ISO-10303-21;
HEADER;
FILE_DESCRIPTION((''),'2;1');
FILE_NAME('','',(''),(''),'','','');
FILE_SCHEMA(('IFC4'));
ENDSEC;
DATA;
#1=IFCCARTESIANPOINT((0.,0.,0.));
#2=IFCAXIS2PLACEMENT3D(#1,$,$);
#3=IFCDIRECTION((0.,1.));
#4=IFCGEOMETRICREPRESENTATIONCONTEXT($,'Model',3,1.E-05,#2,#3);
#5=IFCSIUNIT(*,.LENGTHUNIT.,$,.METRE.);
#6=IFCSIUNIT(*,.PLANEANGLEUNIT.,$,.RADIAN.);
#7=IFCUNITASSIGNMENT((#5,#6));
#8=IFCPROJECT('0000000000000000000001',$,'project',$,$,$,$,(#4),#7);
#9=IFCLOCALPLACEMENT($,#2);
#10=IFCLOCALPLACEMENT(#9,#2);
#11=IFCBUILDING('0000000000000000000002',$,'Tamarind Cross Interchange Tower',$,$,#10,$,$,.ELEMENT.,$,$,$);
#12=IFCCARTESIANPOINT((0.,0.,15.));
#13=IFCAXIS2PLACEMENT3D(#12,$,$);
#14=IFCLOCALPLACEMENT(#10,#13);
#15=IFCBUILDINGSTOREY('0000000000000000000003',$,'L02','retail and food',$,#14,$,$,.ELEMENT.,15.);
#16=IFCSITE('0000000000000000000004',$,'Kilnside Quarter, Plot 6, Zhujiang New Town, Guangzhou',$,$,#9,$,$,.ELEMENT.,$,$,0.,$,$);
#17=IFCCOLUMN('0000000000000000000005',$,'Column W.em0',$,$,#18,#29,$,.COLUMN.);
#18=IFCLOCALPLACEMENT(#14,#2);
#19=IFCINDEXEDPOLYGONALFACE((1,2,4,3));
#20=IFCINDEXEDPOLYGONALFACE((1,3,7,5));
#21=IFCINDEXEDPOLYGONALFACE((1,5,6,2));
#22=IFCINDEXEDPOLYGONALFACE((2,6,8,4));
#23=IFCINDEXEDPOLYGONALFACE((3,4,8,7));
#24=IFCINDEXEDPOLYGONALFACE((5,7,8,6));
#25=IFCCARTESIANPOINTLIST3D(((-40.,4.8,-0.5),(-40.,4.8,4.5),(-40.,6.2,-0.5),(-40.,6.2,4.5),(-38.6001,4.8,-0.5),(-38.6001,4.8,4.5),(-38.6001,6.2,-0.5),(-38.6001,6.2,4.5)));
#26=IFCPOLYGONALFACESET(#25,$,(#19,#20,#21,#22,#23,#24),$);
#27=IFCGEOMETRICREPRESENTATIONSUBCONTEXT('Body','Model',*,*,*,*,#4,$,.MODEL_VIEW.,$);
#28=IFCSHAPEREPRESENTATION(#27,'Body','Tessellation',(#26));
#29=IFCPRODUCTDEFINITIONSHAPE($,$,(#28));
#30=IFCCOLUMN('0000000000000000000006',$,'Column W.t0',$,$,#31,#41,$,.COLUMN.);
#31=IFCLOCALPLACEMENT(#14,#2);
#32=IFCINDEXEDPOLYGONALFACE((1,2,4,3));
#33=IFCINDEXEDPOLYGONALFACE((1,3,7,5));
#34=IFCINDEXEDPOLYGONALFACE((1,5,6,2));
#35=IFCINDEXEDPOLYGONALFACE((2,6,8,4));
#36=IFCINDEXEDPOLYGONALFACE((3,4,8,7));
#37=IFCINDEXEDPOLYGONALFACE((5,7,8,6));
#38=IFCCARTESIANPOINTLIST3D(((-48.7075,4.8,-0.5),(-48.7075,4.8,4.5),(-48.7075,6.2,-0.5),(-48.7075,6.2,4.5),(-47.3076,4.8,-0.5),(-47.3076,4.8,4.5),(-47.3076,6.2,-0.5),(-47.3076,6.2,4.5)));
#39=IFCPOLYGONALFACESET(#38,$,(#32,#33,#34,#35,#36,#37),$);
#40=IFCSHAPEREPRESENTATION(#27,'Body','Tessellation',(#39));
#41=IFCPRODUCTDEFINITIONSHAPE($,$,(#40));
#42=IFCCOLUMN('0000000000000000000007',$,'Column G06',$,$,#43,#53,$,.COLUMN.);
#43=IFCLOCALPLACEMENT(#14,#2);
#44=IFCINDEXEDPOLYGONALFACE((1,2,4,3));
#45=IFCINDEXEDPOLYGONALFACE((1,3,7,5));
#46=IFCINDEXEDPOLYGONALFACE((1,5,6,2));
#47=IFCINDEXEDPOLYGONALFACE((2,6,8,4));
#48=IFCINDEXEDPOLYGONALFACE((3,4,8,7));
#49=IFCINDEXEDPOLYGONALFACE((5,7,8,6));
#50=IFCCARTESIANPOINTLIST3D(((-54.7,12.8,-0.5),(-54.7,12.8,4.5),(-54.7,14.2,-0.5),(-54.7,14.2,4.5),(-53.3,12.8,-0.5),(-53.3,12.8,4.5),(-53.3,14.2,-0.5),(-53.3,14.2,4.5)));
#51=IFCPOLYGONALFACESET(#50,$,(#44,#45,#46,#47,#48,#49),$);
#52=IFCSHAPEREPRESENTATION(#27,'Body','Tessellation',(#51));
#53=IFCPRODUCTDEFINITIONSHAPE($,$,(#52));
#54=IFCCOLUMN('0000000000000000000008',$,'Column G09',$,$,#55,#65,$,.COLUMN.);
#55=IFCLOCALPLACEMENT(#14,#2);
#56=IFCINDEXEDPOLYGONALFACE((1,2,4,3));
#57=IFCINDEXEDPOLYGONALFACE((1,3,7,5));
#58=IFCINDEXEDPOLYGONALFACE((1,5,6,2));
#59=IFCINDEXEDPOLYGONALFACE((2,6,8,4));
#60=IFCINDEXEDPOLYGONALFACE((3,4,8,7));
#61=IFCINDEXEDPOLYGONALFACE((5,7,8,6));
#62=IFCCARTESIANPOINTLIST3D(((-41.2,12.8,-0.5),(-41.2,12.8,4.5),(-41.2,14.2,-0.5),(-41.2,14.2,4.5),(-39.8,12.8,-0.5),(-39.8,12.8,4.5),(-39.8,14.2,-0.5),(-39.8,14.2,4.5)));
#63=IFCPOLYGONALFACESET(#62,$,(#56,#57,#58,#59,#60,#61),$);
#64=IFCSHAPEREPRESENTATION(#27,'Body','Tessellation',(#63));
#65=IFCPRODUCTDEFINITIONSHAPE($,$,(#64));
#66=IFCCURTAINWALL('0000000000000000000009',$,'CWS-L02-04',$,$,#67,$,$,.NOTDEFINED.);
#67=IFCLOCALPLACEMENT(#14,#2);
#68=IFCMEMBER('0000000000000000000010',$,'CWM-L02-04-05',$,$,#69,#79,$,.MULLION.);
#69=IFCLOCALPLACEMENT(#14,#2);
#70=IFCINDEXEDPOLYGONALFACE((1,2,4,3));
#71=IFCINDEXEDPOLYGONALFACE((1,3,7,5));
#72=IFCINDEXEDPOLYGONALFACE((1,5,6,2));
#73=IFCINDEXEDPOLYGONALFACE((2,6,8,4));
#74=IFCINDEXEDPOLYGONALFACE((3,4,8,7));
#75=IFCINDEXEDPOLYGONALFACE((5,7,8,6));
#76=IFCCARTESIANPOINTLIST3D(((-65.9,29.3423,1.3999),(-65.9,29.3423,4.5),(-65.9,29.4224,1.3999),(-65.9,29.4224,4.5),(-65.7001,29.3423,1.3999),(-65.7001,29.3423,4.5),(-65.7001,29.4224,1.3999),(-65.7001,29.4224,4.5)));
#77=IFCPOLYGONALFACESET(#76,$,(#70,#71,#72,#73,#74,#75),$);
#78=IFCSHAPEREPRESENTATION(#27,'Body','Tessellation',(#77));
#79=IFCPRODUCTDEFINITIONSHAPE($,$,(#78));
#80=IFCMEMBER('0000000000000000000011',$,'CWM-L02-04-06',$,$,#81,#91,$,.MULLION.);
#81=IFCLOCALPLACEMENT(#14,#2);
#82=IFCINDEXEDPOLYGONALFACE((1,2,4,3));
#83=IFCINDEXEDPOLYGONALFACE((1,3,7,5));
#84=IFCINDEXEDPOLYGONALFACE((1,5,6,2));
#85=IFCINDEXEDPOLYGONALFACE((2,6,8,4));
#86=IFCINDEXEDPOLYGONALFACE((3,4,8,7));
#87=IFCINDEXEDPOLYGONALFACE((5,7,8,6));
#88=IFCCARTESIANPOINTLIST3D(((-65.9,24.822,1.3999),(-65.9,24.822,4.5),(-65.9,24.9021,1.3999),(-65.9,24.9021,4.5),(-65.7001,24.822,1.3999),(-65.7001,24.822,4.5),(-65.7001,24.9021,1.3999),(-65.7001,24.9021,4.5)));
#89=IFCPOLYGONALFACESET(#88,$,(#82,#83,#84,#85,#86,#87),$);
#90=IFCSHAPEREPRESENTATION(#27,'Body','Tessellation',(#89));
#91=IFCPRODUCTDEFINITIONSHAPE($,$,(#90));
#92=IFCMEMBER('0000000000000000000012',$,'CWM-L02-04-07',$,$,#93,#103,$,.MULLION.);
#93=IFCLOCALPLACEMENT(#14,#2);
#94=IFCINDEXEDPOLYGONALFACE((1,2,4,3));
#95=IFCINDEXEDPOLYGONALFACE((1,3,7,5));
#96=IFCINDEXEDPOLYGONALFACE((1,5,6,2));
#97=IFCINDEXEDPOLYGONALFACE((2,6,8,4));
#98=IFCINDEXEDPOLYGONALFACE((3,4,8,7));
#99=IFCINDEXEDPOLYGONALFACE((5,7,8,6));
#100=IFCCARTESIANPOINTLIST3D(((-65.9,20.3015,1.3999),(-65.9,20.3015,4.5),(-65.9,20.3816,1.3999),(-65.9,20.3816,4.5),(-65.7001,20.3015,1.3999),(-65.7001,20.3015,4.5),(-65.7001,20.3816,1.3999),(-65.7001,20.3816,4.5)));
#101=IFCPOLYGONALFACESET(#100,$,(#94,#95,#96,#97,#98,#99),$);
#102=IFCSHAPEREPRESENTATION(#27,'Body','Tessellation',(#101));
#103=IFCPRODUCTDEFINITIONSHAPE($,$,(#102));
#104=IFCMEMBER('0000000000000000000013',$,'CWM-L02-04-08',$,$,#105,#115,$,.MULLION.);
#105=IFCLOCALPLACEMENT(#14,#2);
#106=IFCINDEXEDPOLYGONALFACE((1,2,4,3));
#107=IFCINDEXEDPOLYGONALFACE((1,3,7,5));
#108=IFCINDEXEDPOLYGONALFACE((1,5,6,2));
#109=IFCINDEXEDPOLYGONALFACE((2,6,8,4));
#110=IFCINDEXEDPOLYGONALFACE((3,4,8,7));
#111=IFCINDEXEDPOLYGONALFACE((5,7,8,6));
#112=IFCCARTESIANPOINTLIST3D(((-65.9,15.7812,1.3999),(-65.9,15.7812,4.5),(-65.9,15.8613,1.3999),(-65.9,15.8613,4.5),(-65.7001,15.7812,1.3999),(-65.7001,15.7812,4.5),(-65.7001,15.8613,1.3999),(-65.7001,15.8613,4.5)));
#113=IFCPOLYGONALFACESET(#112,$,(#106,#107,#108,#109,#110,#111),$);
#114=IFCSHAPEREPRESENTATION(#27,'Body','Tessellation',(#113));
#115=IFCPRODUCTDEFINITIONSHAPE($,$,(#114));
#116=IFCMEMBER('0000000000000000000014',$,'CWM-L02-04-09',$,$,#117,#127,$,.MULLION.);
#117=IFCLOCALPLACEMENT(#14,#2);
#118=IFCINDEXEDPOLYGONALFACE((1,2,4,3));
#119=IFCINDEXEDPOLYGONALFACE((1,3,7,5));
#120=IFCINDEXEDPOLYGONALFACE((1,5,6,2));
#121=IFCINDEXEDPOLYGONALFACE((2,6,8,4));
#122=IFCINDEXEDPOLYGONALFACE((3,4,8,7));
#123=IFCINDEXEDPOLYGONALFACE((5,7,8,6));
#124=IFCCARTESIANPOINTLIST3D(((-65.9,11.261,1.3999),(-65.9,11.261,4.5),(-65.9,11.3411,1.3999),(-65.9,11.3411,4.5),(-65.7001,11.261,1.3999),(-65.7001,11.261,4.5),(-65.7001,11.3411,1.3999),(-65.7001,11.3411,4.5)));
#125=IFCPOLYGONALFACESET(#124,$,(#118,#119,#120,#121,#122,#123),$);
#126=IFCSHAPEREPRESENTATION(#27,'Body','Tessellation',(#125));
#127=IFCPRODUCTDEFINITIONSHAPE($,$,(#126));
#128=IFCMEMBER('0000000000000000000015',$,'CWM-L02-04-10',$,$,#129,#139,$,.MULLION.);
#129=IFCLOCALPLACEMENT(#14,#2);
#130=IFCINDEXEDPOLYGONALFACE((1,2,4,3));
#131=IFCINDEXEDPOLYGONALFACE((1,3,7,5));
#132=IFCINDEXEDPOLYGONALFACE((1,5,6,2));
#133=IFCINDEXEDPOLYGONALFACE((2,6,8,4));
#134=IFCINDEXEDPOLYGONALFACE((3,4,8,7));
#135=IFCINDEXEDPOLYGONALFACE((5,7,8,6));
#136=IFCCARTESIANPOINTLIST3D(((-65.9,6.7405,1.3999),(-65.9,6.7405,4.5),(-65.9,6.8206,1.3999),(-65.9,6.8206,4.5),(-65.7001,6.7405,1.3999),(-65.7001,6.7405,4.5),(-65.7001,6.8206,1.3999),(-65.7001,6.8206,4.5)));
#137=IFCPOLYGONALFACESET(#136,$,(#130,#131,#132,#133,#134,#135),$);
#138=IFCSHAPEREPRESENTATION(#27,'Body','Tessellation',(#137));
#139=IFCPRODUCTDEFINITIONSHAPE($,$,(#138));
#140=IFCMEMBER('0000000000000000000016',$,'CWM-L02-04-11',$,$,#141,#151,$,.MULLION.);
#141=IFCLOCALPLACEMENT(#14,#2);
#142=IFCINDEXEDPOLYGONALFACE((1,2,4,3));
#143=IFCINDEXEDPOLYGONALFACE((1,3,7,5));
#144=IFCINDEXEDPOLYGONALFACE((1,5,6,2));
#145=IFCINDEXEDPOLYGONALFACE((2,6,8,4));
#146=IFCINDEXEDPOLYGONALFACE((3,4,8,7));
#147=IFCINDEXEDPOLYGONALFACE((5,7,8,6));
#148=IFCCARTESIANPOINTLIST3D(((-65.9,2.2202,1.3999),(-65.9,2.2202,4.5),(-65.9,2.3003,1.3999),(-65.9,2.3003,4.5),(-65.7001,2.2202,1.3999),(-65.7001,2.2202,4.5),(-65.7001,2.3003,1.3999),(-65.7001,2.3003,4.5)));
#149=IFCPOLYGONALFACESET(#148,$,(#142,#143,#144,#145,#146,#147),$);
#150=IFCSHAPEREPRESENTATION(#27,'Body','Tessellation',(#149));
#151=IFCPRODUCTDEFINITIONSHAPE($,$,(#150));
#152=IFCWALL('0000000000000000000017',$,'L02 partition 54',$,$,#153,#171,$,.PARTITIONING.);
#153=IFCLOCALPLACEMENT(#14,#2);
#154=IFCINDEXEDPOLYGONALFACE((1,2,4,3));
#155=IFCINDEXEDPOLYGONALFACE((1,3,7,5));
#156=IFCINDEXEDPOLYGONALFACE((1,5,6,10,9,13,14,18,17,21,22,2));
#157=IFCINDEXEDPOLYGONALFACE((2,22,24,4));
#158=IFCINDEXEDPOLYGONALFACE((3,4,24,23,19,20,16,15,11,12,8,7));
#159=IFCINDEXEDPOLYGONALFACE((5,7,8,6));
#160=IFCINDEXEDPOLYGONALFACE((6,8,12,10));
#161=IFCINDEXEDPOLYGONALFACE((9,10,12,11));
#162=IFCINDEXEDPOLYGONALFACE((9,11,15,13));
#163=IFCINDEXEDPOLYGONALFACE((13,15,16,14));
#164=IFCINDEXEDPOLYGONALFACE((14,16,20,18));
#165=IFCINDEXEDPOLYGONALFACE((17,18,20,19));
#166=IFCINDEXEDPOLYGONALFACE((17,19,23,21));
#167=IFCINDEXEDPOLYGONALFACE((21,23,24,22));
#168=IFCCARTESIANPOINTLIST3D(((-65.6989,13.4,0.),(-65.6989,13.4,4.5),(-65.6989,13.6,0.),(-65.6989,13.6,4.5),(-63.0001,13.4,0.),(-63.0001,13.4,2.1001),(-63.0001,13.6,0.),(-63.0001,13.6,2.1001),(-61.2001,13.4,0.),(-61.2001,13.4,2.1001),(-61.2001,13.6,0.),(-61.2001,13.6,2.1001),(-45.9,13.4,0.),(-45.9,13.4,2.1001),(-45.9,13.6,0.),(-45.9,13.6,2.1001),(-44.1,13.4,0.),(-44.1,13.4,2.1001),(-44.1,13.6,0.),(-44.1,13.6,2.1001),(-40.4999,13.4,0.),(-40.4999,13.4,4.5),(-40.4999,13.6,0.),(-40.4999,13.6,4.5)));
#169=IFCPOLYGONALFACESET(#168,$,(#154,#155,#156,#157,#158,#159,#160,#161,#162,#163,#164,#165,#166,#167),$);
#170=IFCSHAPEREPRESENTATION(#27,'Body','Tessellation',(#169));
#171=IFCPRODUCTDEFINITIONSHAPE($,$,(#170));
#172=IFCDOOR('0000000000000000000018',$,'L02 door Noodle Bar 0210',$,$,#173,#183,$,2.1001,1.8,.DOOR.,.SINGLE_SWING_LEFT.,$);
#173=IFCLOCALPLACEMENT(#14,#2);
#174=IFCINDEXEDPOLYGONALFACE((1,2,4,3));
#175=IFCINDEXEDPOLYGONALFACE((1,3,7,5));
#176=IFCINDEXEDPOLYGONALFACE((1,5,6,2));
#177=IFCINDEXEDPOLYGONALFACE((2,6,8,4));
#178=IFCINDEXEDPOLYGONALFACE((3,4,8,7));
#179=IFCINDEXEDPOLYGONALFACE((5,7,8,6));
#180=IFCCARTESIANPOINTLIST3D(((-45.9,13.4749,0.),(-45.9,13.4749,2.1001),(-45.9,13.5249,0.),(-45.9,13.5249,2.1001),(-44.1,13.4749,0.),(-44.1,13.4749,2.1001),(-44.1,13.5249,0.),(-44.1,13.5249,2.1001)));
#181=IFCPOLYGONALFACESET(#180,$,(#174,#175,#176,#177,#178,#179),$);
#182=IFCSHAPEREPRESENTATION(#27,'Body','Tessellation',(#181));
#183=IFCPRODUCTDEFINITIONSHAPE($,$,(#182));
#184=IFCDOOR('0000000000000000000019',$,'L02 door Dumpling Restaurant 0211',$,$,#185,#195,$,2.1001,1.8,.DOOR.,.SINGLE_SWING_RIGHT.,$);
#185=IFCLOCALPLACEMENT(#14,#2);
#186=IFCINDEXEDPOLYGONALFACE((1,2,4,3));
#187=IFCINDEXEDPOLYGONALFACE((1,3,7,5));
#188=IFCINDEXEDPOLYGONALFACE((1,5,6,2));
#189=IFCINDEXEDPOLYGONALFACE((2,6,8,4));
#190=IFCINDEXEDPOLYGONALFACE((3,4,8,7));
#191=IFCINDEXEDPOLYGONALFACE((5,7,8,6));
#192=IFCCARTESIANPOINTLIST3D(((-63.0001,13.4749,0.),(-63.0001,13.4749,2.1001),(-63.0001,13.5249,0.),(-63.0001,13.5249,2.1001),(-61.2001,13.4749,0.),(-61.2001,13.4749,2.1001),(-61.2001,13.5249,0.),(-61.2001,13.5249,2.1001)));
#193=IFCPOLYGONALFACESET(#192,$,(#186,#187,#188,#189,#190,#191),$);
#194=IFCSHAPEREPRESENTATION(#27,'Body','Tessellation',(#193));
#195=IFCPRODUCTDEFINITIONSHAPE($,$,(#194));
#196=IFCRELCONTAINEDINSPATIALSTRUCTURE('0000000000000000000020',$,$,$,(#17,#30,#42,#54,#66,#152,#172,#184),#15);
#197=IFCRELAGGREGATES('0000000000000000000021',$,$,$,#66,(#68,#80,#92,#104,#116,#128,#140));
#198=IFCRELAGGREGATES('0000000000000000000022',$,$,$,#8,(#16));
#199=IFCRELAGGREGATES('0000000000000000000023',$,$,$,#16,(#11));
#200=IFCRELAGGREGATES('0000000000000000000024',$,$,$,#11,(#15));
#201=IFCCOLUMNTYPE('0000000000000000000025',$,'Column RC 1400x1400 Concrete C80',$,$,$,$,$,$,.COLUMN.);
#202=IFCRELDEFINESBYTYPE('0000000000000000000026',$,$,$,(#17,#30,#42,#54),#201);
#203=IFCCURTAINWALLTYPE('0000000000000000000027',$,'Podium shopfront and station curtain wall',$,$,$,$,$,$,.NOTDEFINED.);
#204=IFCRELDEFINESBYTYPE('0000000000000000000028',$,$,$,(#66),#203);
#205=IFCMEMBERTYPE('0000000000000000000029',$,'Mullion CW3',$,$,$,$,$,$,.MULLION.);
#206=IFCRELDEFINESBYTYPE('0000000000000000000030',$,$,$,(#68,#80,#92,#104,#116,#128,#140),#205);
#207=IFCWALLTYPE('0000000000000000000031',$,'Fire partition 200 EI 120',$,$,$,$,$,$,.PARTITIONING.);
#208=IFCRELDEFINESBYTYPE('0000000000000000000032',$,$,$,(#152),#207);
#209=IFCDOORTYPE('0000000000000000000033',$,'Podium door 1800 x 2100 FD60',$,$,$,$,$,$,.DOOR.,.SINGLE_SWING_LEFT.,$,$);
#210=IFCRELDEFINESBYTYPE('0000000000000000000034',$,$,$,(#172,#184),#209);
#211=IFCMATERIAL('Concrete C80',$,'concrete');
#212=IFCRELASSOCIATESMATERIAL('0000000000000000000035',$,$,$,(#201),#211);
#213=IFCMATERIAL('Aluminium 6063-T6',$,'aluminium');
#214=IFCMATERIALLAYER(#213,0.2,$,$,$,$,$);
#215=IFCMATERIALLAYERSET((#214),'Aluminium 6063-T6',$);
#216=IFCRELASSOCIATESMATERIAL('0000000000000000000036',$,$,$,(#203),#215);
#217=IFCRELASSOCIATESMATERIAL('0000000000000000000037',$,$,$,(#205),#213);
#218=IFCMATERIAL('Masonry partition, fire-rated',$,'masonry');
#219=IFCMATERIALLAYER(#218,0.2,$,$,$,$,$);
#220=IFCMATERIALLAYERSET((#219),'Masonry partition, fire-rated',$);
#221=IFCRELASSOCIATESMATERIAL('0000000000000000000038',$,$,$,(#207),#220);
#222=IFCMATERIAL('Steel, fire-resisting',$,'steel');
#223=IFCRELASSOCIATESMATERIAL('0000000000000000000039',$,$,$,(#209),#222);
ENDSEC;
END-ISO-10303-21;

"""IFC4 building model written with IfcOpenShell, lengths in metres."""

from ifc_helpers import new_model, si_unit, direction, frame, frame_2d, origin, origin_2d, place, context, subcontext, project, spatial, rectangle, extrude, material, layer, layer_set, material_profile, profile_set, type_object, element, fill, aggregate, save


model = new_model("IFC4")

# Units and contexts
model_context = context("Model", 3, precision=1e-05, world=origin(), true_north=direction((0.0, 1.0)))
body_context = subcontext(model_context, "Body", "Model", "MODEL_VIEW")
ifc_project = project(units=[si_unit("LENGTHUNIT", "METRE"), si_unit("PLANEANGLEUNIT", "RADIAN")], contexts=[model_context])

# Site, building, storey
site_placement = place(None, origin())
site = spatial("IfcSite", under=ifc_project, at=site_placement, Name="Kilnside Quarter, Plot 6, Zhujiang New Town, Guangzhou", CompositionType="ELEMENT", RefElevation=0.0)
building_placement = place(site_placement, origin())
building = spatial("IfcBuilding", under=site, at=building_placement, Name="Tamarind Cross Interchange Tower", CompositionType="ELEMENT")
storey_placement = place(building_placement, frame((0.0, 0.0, 15.0)))
storey = spatial("IfcBuildingStorey", under=building, at=storey_placement, Name="L02", Description="retail and food", CompositionType="ELEMENT", Elevation=15.0)

# Columns
ifc_material_1 = material(Name="Concrete C80", Category="concrete")
ifc_material_profile_1 = material_profile(ifc_material_1, rectangle(XDim=1.3999, YDim=1.3999, at=origin_2d()), Name="RC 1400x1400")
ifc_profile_set_1 = profile_set([ifc_material_profile_1], Name="Concrete C80")
column_type = type_object("IfcColumnType", Name="Column RC 1400x1400 Concrete C80", PredefinedType="COLUMN", material=ifc_profile_set_1)
for number, where, z_axis, x_axis, name in (
    (1, (-39.3, 5.5, -0.5), (0.0, 0.0, 1.0), (1.0, 0.0, 0.0), "Column W.em0"),
    (2, (-48.0076, 5.5, -0.5), (0.0, 0.0, 1.0), (1.0, 0.0, 0.0), "Column W.t0"),
    (3, (-54.0, 13.5, -0.5), (0.0, 0.0, 1.0), (1.0, 0.0, 0.0), "Column G06"),
    (4, (-40.5, 13.5, -0.5), (0.0, 0.0, 1.0), (1.0, 0.0, 0.0), "Column G09"),
):
    element("IfcColumn", number, at=place(storey_placement, frame(where, z_axis=z_axis, x_axis=x_axis)), inside=storey, type_object=column_type, Name=name, PredefinedType="COLUMN", context=body_context, shape_type="SweptSolid", body=[
        extrude(rectangle(XDim=1.3999, YDim=1.3999, at=origin_2d()), origin(), (0.0, 0.0, 1.0), 5.0),
    ])

# Curtain wall, members
ifc_material_2 = material(Name="Aluminium 6063-T6", Category="aluminium")
ifc_layer_1 = layer(ifc_material_2, 0.2)
ifc_layer_set_1 = layer_set([ifc_layer_1], Name="Aluminium 6063-T6")
curtain_wall_type = type_object("IfcCurtainWallType", Name="Podium shopfront and station curtain wall", PredefinedType="NOTDEFINED", material=ifc_layer_set_1)
curtain_wall_placement = place(storey_placement, origin())
curtain_wall = element("IfcCurtainWall", 5, at=curtain_wall_placement, inside=storey, type_object=curtain_wall_type, Name="CWS-L02-04", PredefinedType="NOTDEFINED")
ifc_material_profile_2 = material_profile(ifc_material_2, rectangle(XDim=0.0801, YDim=0.2, at=origin_2d()), Name="Mullion CW3")
ifc_profile_set_2 = profile_set([ifc_material_profile_2], Name="Aluminium 6063-T6")
member_type = type_object("IfcMemberType", Name="Mullion CW3", PredefinedType="MULLION", material=ifc_profile_set_2)
member_1_placement = place(storey_placement, frame((-65.8, 29.3823, 1.3999), z_axis=(0.0, 0.0, 1.0), x_axis=(0.0, -1.0, 0.0)))
member_1 = element("IfcMember", 6, at=member_1_placement, type_object=member_type, Name="CWM-L02-04-05", PredefinedType="MULLION", context=body_context, shape_type="SweptSolid", body=[
    extrude(rectangle(XDim=0.0801, YDim=0.2, at=origin_2d()), origin(), (0.0, 0.0, 1.0), 3.1001),
])
member_2_placement = place(storey_placement, frame((-65.8, 24.8621, 1.3999), z_axis=(0.0, 0.0, 1.0), x_axis=(0.0, -1.0, 0.0)))
member_2 = element("IfcMember", 7, at=member_2_placement, type_object=member_type, Name="CWM-L02-04-06", PredefinedType="MULLION", context=body_context, shape_type="SweptSolid", body=[
    extrude(rectangle(XDim=0.0801, YDim=0.2, at=origin_2d()), origin(), (0.0, 0.0, 1.0), 3.1001),
])
member_3_placement = place(storey_placement, frame((-65.8, 20.3416, 1.3999), z_axis=(0.0, 0.0, 1.0), x_axis=(0.0, -1.0, 0.0)))
member_3 = element("IfcMember", 8, at=member_3_placement, type_object=member_type, Name="CWM-L02-04-07", PredefinedType="MULLION", context=body_context, shape_type="SweptSolid", body=[
    extrude(rectangle(XDim=0.0801, YDim=0.2, at=origin_2d()), origin(), (0.0, 0.0, 1.0), 3.1001),
])
member_4_placement = place(storey_placement, frame((-65.8, 15.8213, 1.3999), z_axis=(0.0, 0.0, 1.0), x_axis=(0.0, -1.0, 0.0)))
member_4 = element("IfcMember", 9, at=member_4_placement, type_object=member_type, Name="CWM-L02-04-08", PredefinedType="MULLION", context=body_context, shape_type="SweptSolid", body=[
    extrude(rectangle(XDim=0.0801, YDim=0.2, at=origin_2d()), origin(), (0.0, 0.0, 1.0), 3.1001),
])
member_5_placement = place(storey_placement, frame((-65.8, 11.301, 1.3999), z_axis=(0.0, 0.0, 1.0), x_axis=(0.0, -1.0, 0.0)))
member_5 = element("IfcMember", 10, at=member_5_placement, type_object=member_type, Name="CWM-L02-04-09", PredefinedType="MULLION", context=body_context, shape_type="SweptSolid", body=[
    extrude(rectangle(XDim=0.0801, YDim=0.2, at=origin_2d()), origin(), (0.0, 0.0, 1.0), 3.1001),
])
member_6_placement = place(storey_placement, frame((-65.8, 6.7805, 1.3999), z_axis=(0.0, 0.0, 1.0), x_axis=(0.0, -1.0, 0.0)))
member_6 = element("IfcMember", 11, at=member_6_placement, type_object=member_type, Name="CWM-L02-04-10", PredefinedType="MULLION", context=body_context, shape_type="SweptSolid", body=[
    extrude(rectangle(XDim=0.0801, YDim=0.2, at=origin_2d()), origin(), (0.0, 0.0, 1.0), 3.1001),
])
member_7_placement = place(storey_placement, frame((-65.8, 2.2603, 1.3999), z_axis=(0.0, 0.0, 1.0), x_axis=(0.0, -1.0, 0.0)))
member_7 = element("IfcMember", 12, at=member_7_placement, type_object=member_type, Name="CWM-L02-04-11", PredefinedType="MULLION", context=body_context, shape_type="SweptSolid", body=[
    extrude(rectangle(XDim=0.0801, YDim=0.2, at=origin_2d()), origin(), (0.0, 0.0, 1.0), 3.1001),
])
aggregate(curtain_wall, [member_1, member_2, member_3, member_4, member_5, member_6, member_7])

# Wall, openings, doors
ifc_material_3 = material(Name="Masonry partition, fire-rated", Category="masonry")
ifc_layer_2 = layer(ifc_material_3, 0.2)
ifc_layer_set_2 = layer_set([ifc_layer_2], Name="Masonry partition, fire-rated")
wall_type_1 = type_object("IfcWallType", Name="Fire partition 200 EI 120", PredefinedType="PARTITIONING", material=ifc_layer_set_2)
wall_1_placement = place(storey_placement, frame((-65.699, 13.5, 0.0), z_axis=(0.0, 0.0, 1.0), x_axis=(1.0, 0.0, 0.0)))
wall_1 = element("IfcWall", 13, at=wall_1_placement, inside=storey, type_object=wall_type_1, Name="L02 partition 54", PredefinedType="PARTITIONING", context=body_context, shape_type="SweptSolid", body=[
    extrude(rectangle(XDim=25.199, YDim=0.2, at=frame_2d((12.5996, 0.0))), origin(), (0.0, 0.0, 1.0), 4.5),
])
opening_1_placement = place(wall_1_placement, frame((19.7991, 0.0, 0.0)))
opening_1 = element("IfcOpeningElement", 14, at=opening_1_placement, cuts=wall_1, PredefinedType="OPENING", context=body_context, shape_type="SweptSolid", body=[
    extrude(rectangle(XDim=1.8, YDim=2.1001, at=frame_2d((0.8999, 1.05))), frame((0.0, 0.1099, 0.0), z_axis=(0.0, -1.0, 0.0), x_axis=(1.0, 0.0, 0.0)), (0.0, 0.0, 1.0), 0.22),
])
opening_2_placement = place(wall_1_placement, frame((2.699, 0.0, 0.0)))
opening_2 = element("IfcOpeningElement", 15, at=opening_2_placement, cuts=wall_1, PredefinedType="OPENING", context=body_context, shape_type="SweptSolid", body=[
    extrude(rectangle(XDim=1.8, YDim=2.1001, at=frame_2d((0.8999, 1.05))), frame((0.0, 0.1099, 0.0), z_axis=(0.0, -1.0, 0.0), x_axis=(1.0, 0.0, 0.0)), (0.0, 0.0, 1.0), 0.22),
])
ifc_material_4 = material(Name="Steel, fire-resisting", Category="steel")
door_type = type_object("IfcDoorType", Name="Podium door 1800 x 2100 FD60", OperationType="SINGLE_SWING_LEFT", PredefinedType="DOOR", material=ifc_material_4)
door_1_placement = place(opening_1_placement, origin())
door_1 = element("IfcDoor", 16, at=door_1_placement, inside=storey, type_object=door_type, Name="L02 door Noodle Bar 0210", OperationType="SINGLE_SWING_LEFT", OverallHeight=2.1001, OverallWidth=1.8, PredefinedType="DOOR", context=body_context, shape_type="SweptSolid", body=[
    extrude(rectangle(XDim=1.8, YDim=2.1001, at=frame_2d((0.8999, 1.05))), frame((0.0, 0.0249, 0.0), z_axis=(0.0, -1.0, 0.0), x_axis=(1.0, 0.0, 0.0)), (0.0, 0.0, 1.0), 0.05),
])
fill(opening_1, door_1)
door_2_placement = place(opening_2_placement, origin())
door_2 = element("IfcDoor", 17, at=door_2_placement, inside=storey, type_object=door_type, Name="L02 door Dumpling Restaurant 0211", OperationType="SINGLE_SWING_RIGHT", OverallHeight=2.1001, OverallWidth=1.8, PredefinedType="DOOR", context=body_context, shape_type="SweptSolid", body=[
    extrude(rectangle(XDim=1.8, YDim=2.1001, at=frame_2d((0.8999, 1.05))), frame((0.0, 0.0249, 0.0), z_axis=(0.0, -1.0, 0.0), x_axis=(1.0, 0.0, 0.0)), (0.0, 0.0, 1.0), 0.05),
])
fill(opening_2, door_2)

save(model, "model.ifc")
